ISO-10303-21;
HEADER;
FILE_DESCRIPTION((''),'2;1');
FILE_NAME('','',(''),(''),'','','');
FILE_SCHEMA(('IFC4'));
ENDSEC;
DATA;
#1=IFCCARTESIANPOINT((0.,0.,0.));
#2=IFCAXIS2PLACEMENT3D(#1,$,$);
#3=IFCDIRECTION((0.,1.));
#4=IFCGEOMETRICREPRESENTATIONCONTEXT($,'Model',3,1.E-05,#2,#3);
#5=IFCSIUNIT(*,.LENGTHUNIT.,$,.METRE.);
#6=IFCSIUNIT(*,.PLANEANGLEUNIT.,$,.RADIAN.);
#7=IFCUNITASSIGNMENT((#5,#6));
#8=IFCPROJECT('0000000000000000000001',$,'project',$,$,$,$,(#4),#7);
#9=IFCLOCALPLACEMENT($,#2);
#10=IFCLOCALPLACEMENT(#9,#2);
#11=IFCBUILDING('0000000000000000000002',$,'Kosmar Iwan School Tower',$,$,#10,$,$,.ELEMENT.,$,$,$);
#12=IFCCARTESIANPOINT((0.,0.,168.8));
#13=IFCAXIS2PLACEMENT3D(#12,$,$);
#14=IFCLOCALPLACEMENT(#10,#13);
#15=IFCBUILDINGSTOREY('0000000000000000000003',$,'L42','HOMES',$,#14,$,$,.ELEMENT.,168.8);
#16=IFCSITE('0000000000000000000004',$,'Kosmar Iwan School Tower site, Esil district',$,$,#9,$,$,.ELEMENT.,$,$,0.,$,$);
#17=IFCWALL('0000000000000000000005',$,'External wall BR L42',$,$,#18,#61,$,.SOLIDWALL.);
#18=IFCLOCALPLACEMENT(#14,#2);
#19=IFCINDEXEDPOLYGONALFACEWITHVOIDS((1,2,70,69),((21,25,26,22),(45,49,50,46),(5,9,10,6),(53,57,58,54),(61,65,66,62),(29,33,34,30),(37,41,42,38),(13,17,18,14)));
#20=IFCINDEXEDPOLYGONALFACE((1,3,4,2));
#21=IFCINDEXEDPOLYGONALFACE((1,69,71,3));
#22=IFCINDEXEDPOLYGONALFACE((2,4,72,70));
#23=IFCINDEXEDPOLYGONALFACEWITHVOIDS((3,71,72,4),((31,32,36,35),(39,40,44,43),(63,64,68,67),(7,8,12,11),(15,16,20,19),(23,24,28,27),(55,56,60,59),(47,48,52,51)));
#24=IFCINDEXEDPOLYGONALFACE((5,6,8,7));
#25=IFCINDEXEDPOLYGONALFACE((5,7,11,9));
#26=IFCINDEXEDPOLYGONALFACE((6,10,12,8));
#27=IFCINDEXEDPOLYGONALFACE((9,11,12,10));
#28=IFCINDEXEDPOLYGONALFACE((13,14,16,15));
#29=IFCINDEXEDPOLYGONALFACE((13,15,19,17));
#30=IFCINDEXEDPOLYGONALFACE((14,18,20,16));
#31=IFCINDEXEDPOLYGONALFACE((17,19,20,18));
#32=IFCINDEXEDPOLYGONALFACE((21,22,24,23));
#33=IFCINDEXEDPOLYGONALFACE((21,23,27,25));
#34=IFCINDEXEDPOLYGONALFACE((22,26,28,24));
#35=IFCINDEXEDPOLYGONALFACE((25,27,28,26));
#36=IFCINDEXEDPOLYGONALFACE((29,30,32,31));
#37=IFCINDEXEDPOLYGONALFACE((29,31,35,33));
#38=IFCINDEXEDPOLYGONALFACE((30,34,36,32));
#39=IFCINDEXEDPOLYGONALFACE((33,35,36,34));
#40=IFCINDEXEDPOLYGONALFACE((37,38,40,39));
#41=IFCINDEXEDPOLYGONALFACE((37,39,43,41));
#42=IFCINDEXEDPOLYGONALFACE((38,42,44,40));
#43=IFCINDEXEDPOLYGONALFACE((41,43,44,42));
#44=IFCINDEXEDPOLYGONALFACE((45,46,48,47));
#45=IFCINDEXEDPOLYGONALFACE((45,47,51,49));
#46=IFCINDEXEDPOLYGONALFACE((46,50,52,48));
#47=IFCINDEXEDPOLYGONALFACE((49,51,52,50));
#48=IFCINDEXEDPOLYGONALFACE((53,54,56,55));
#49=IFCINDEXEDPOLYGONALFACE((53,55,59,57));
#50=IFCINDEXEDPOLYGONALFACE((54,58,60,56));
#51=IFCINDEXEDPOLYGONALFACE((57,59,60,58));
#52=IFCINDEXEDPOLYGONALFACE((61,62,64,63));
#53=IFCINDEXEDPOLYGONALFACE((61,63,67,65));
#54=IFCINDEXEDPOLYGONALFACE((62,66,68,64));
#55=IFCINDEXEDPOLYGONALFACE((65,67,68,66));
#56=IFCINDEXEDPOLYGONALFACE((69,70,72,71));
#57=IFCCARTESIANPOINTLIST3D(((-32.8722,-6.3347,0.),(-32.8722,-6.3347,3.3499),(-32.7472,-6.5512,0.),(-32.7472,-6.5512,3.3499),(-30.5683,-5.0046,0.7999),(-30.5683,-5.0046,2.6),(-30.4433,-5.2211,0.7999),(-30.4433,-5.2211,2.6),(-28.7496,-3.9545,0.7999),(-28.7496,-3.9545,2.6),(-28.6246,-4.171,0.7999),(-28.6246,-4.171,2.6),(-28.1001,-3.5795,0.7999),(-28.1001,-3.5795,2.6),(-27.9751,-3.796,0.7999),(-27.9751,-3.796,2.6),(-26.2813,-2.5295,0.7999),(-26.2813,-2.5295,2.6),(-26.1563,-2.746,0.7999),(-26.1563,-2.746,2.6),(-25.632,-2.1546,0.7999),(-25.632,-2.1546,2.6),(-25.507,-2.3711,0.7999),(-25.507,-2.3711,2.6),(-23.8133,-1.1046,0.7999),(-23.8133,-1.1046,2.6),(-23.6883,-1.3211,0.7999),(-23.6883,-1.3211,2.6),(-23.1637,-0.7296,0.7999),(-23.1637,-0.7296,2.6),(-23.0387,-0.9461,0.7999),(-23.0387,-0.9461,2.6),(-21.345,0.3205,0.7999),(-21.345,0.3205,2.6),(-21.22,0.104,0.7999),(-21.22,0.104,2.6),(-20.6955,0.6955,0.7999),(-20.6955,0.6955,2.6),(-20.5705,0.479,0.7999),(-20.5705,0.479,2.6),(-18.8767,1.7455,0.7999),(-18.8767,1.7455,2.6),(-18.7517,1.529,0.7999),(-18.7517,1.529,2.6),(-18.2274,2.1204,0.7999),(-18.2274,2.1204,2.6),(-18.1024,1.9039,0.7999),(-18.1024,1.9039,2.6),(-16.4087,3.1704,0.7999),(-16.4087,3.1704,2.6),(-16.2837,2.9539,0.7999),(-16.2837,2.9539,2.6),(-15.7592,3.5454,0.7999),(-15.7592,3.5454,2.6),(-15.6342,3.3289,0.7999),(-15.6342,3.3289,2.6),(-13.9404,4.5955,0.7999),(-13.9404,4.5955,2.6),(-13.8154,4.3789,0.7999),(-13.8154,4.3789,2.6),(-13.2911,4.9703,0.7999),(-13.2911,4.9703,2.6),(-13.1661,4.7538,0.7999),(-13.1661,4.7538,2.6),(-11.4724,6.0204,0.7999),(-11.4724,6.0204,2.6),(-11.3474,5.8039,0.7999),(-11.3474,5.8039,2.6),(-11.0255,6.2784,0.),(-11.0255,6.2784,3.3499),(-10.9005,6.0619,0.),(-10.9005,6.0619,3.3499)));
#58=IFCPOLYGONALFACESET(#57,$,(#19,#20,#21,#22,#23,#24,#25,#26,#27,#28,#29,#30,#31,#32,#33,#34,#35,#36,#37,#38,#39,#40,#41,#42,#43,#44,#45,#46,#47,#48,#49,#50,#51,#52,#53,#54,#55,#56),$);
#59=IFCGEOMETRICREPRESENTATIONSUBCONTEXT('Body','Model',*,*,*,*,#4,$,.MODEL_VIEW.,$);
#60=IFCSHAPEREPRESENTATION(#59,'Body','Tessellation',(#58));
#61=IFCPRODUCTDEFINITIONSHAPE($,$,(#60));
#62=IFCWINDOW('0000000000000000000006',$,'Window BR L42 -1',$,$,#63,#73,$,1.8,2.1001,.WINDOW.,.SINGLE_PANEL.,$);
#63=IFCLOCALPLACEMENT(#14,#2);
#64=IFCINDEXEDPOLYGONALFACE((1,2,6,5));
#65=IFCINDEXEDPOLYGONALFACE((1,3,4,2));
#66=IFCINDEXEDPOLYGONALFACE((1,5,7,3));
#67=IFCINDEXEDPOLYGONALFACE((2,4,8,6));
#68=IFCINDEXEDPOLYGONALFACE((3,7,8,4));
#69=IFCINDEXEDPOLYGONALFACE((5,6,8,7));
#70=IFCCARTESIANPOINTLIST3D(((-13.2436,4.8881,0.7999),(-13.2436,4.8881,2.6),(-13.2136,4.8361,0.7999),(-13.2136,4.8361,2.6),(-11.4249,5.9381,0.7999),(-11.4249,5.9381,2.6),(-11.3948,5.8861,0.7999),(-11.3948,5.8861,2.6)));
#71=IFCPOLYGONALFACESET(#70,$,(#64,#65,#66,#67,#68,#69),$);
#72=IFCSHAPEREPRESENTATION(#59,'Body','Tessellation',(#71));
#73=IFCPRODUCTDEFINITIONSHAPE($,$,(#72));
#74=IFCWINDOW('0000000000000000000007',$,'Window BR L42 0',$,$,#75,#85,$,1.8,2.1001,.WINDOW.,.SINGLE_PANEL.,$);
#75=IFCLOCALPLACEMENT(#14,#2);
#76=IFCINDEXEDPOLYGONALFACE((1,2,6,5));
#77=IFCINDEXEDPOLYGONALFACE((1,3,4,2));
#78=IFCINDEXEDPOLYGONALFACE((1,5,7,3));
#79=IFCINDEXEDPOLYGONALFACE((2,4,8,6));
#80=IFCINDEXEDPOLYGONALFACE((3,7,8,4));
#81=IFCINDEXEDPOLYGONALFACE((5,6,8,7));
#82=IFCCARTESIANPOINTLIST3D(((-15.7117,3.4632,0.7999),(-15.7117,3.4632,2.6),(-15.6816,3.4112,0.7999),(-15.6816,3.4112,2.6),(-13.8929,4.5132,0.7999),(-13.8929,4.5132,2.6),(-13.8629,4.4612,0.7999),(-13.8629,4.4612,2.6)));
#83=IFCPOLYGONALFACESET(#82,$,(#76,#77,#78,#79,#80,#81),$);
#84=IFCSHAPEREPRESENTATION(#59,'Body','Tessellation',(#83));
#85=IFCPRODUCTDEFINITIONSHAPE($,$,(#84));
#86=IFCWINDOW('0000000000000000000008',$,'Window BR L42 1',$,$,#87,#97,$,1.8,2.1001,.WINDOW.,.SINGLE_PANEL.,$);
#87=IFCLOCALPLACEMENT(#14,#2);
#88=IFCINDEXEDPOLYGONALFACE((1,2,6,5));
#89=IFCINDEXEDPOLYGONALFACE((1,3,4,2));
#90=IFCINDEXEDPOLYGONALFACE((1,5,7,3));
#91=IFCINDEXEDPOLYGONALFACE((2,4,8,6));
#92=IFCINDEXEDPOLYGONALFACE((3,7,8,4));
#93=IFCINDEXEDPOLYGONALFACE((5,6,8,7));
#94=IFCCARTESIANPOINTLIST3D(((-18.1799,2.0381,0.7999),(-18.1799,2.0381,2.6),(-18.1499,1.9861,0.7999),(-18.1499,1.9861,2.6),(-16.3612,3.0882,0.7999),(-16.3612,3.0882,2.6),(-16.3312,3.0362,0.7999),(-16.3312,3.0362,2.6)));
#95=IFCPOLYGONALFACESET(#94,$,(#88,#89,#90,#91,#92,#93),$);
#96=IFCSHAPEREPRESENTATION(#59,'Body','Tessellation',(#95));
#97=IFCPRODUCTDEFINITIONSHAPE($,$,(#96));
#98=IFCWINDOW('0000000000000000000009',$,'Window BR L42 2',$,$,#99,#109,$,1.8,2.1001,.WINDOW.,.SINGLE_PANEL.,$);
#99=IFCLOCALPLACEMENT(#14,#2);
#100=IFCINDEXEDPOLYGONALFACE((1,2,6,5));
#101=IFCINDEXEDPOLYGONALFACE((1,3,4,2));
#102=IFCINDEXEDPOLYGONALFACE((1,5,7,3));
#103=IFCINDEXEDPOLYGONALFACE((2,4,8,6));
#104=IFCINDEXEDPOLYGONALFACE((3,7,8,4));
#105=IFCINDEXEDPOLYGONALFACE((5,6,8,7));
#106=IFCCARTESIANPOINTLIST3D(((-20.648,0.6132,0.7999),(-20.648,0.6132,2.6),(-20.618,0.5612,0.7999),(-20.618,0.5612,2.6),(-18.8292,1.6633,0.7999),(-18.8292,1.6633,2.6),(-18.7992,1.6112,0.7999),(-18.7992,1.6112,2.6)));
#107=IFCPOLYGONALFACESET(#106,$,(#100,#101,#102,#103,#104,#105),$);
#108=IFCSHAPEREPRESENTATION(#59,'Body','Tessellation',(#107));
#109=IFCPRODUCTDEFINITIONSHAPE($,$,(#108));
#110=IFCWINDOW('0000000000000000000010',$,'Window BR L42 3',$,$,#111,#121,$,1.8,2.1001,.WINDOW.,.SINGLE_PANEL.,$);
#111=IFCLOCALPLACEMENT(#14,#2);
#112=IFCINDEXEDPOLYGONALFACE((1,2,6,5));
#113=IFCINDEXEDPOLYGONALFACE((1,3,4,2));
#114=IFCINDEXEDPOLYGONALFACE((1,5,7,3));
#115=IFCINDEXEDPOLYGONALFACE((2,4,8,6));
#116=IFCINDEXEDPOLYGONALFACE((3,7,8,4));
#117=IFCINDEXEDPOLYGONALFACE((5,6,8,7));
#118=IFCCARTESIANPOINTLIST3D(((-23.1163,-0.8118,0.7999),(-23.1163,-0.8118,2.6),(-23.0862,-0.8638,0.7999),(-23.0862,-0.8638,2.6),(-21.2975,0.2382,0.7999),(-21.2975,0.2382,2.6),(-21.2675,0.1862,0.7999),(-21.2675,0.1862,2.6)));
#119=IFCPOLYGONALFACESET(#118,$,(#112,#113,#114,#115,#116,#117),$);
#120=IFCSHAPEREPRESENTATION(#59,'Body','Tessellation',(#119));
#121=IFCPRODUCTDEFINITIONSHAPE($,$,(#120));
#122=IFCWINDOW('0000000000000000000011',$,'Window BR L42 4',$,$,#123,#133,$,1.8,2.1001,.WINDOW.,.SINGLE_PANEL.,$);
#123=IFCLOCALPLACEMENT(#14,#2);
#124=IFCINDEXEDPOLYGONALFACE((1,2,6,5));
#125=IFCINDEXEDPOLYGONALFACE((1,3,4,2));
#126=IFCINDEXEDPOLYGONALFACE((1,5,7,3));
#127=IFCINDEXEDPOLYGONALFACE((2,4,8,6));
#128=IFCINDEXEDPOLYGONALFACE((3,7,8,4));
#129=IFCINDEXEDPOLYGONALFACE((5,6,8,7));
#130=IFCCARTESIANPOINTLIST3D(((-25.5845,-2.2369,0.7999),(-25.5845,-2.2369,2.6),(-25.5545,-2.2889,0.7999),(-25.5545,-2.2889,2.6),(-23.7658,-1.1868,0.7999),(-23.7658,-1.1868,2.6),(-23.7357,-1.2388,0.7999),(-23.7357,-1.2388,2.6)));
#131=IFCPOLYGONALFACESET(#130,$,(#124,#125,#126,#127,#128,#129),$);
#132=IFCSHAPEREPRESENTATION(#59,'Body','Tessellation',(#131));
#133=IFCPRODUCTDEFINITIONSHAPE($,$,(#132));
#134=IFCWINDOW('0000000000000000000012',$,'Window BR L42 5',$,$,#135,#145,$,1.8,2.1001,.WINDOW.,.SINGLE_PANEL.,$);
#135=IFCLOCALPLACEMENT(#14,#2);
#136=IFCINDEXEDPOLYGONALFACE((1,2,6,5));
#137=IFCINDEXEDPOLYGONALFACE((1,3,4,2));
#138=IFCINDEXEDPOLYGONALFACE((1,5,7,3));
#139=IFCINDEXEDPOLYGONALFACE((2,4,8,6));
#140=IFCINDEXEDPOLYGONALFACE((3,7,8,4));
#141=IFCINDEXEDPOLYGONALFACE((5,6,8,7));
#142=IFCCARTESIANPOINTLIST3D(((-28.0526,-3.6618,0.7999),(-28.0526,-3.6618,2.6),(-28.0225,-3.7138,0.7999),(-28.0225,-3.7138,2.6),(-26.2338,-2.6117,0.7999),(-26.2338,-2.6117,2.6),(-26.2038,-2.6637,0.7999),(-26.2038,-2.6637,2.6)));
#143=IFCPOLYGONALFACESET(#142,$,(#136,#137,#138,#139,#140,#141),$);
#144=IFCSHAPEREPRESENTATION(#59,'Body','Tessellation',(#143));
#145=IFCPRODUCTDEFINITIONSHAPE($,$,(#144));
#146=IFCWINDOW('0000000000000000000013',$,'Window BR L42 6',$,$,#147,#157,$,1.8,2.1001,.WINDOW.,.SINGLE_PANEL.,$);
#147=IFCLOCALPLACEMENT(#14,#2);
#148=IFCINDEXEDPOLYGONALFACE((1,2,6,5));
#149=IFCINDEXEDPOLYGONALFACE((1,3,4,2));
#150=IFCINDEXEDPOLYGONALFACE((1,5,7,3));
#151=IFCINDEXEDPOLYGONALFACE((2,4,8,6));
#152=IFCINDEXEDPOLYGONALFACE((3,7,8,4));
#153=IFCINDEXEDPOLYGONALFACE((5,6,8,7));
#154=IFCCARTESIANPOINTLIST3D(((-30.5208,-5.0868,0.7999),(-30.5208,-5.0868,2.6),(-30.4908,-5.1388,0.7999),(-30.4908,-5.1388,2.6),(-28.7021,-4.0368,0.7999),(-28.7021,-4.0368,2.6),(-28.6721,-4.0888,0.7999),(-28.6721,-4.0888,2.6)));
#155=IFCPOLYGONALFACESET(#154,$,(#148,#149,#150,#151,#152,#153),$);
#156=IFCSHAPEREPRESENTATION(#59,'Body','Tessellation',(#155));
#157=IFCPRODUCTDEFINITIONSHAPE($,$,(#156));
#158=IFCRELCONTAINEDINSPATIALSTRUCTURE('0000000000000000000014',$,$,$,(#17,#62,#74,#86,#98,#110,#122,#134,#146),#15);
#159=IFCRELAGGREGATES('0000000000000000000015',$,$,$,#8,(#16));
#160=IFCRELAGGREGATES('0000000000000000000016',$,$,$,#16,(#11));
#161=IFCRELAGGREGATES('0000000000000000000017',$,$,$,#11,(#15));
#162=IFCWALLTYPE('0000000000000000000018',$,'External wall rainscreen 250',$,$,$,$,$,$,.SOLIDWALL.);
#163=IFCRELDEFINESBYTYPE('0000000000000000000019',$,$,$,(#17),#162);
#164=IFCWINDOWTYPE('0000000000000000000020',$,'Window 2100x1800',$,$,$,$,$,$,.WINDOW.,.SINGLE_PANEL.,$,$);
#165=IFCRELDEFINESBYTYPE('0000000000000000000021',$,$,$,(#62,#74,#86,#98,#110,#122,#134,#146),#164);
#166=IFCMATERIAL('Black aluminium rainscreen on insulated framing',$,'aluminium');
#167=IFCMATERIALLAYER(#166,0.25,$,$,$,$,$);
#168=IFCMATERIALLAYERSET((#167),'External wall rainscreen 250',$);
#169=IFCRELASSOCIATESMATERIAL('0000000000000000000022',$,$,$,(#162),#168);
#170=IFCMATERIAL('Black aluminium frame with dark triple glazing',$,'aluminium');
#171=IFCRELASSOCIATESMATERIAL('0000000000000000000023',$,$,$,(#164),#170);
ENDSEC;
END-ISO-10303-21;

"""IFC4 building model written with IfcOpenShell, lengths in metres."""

from ifc_helpers import new_model, si_unit, direction, frame, frame_2d, origin, place, context, subcontext, project, spatial, rectangle, extrude, material, layer, layer_set, type_object, element, fill, save


model = new_model("IFC4")

# Units and contexts
model_context = context("Model", 3, precision=1e-05, world=origin(), true_north=direction((0.0, 1.0)))
body_context = subcontext(model_context, "Body", "Model", "MODEL_VIEW")
ifc_project = project(units=[si_unit("LENGTHUNIT", "METRE"), si_unit("PLANEANGLEUNIT", "RADIAN")], contexts=[model_context])

# Site, building, storey
site_placement = place(None, origin())
site = spatial("IfcSite", under=ifc_project, at=site_placement, Name="Kosmar Iwan School Tower site, Esil district", CompositionType="ELEMENT", RefElevation=0.0)
building_placement = place(site_placement, origin())
building = spatial("IfcBuilding", under=site, at=building_placement, Name="Kosmar Iwan School Tower", CompositionType="ELEMENT")
storey_placement = place(building_placement, frame((0.0, 0.0, 168.8)))
storey = spatial("IfcBuildingStorey", under=building, at=storey_placement, Name="L42", Description="HOMES", CompositionType="ELEMENT", Elevation=168.8)

# Wall, openings, windows
ifc_material_1 = material(Name="Black aluminium rainscreen on insulated framing", Category="aluminium")
ifc_layer = layer(ifc_material_1, 0.25)
ifc_layer_set = layer_set([ifc_layer], Name="External wall rainscreen 250")
wall_type = type_object("IfcWallType", Name="External wall rainscreen 250", PredefinedType="SOLIDWALL", material=ifc_layer_set)
ifc_material_2 = material(Name="Black aluminium frame with dark triple glazing", Category="aluminium")
window_type = type_object("IfcWindowType", Name="Window 2100x1800", PartitioningType="SINGLE_PANEL", PredefinedType="WINDOW", material=ifc_material_2)
wall_1_placement = place(storey_placement, frame((-10.9629, 6.1702, 0.0), z_axis=(0.0, 0.0, 1.0), x_axis=(-0.866028, -0.499996, 0.0)))
wall_1 = element("IfcWall", 1, at=wall_1_placement, inside=storey, type_object=wall_type, Name="External wall BR L42", PredefinedType="SOLIDWALL", context=body_context, shape_type="SweptSolid", body=[
    extrude(rectangle(XDim=25.2263, YDim=0.25, at=frame_2d((12.6133, 0.0))), origin(), (0.0, 0.0, 1.0), 3.3499),
])
opening_1_placement = place(wall_1_placement, frame((0.5161, 0.0, 0.8)))
opening_1 = element("IfcOpeningElement", 2, at=opening_1_placement, cuts=wall_1, PredefinedType="OPENING", context=body_context, shape_type="SweptSolid", body=[
    extrude(rectangle(XDim=2.1001, YDim=1.8, at=frame_2d((1.05, 0.8999))), frame((0.0, 0.137, 0.0), z_axis=(0.0, -1.0, 0.0), x_axis=(1.0, 0.0, 0.0)), (0.0, 0.0, 1.0), 0.2739),
])
opening_2_placement = place(wall_1_placement, frame((3.366, 0.0, 0.8)))
opening_2 = element("IfcOpeningElement", 3, at=opening_2_placement, cuts=wall_1, PredefinedType="OPENING", context=body_context, shape_type="SweptSolid", body=[
    extrude(rectangle(XDim=2.1001, YDim=1.8, at=frame_2d((1.05, 0.8999))), frame((0.0, 0.137, 0.0), z_axis=(0.0, -1.0, 0.0), x_axis=(1.0, 0.0, 0.0)), (0.0, 0.0, 1.0), 0.2739),
])
opening_3_placement = place(wall_1_placement, frame((6.2161, 0.0, 0.8)))
opening_3 = element("IfcOpeningElement", 4, at=opening_3_placement, cuts=wall_1, PredefinedType="OPENING", context=body_context, shape_type="SweptSolid", body=[
    extrude(rectangle(XDim=2.1001, YDim=1.8, at=frame_2d((1.05, 0.8999))), frame((0.0, 0.137, 0.0), z_axis=(0.0, -1.0, 0.0), x_axis=(1.0, 0.0, 0.0)), (0.0, 0.0, 1.0), 0.2739),
])
opening_4_placement = place(wall_1_placement, frame((9.0659, 0.0, 0.8)))
opening_4 = element("IfcOpeningElement", 5, at=opening_4_placement, cuts=wall_1, PredefinedType="OPENING", context=body_context, shape_type="SweptSolid", body=[
    extrude(rectangle(XDim=2.1001, YDim=1.8, at=frame_2d((1.05, 0.8999))), frame((0.0, 0.137, 0.0), z_axis=(0.0, -1.0, 0.0), x_axis=(1.0, 0.0, 0.0)), (0.0, 0.0, 1.0), 0.2739),
])
opening_5_placement = place(wall_1_placement, frame((11.916, 0.0, 0.8)))
opening_5 = element("IfcOpeningElement", 6, at=opening_5_placement, cuts=wall_1, PredefinedType="OPENING", context=body_context, shape_type="SweptSolid", body=[
    extrude(rectangle(XDim=2.1001, YDim=1.8, at=frame_2d((1.05, 0.8999))), frame((0.0, 0.137, 0.0), z_axis=(0.0, -1.0, 0.0), x_axis=(1.0, 0.0, 0.0)), (0.0, 0.0, 1.0), 0.2739),
])
opening_6_placement = place(wall_1_placement, frame((14.7661, 0.0, 0.8)))
opening_6 = element("IfcOpeningElement", 7, at=opening_6_placement, cuts=wall_1, PredefinedType="OPENING", context=body_context, shape_type="SweptSolid", body=[
    extrude(rectangle(XDim=2.1001, YDim=1.8, at=frame_2d((1.05, 0.8999))), frame((0.0, 0.137, 0.0), z_axis=(0.0, -1.0, 0.0), x_axis=(1.0, 0.0, 0.0)), (0.0, 0.0, 1.0), 0.2739),
])
opening_7_placement = place(wall_1_placement, frame((17.616, 0.0, 0.8)))
opening_7 = element("IfcOpeningElement", 8, at=opening_7_placement, cuts=wall_1, PredefinedType="OPENING", context=body_context, shape_type="SweptSolid", body=[
    extrude(rectangle(XDim=2.1001, YDim=1.8, at=frame_2d((1.05, 0.8999))), frame((0.0, 0.137, 0.0), z_axis=(0.0, -1.0, 0.0), x_axis=(1.0, 0.0, 0.0)), (0.0, 0.0, 1.0), 0.2739),
])
opening_8_placement = place(wall_1_placement, frame((20.4661, 0.0, 0.8)))
opening_8 = element("IfcOpeningElement", 9, at=opening_8_placement, cuts=wall_1, PredefinedType="OPENING", context=body_context, shape_type="SweptSolid", body=[
    extrude(rectangle(XDim=2.1001, YDim=1.8, at=frame_2d((1.05, 0.8999))), frame((0.0, 0.137, 0.0), z_axis=(0.0, -1.0, 0.0), x_axis=(1.0, 0.0, 0.0)), (0.0, 0.0, 1.0), 0.2739),
])
window_1_placement = place(opening_1_placement, origin())
window_1 = element("IfcWindow", 10, at=window_1_placement, inside=storey, type_object=window_type, Name="Window BR L42 -1", OverallHeight=1.8, OverallWidth=2.1001, PartitioningType="SINGLE_PANEL", PredefinedType="WINDOW", context=body_context, shape_type="SweptSolid", body=[
    extrude(rectangle(XDim=2.1001, YDim=1.8, at=frame_2d((1.05, 0.8999))), frame((0.0, 0.03, 0.0), z_axis=(0.0, -1.0, 0.0), x_axis=(1.0, 0.0, 0.0)), (0.0, 0.0, 1.0), 0.0601),
])
fill(opening_1, window_1)
window_2_placement = place(opening_2_placement, origin())
window_2 = element("IfcWindow", 11, at=window_2_placement, inside=storey, type_object=window_type, Name="Window BR L42 0", OverallHeight=1.8, OverallWidth=2.1001, PartitioningType="SINGLE_PANEL", PredefinedType="WINDOW", context=body_context, shape_type="SweptSolid", body=[
    extrude(rectangle(XDim=2.1001, YDim=1.8, at=frame_2d((1.05, 0.8999))), frame((0.0, 0.03, 0.0), z_axis=(0.0, -1.0, 0.0), x_axis=(1.0, 0.0, 0.0)), (0.0, 0.0, 1.0), 0.0601),
])
fill(opening_2, window_2)
window_3_placement = place(opening_3_placement, origin())
window_3 = element("IfcWindow", 12, at=window_3_placement, inside=storey, type_object=window_type, Name="Window BR L42 1", OverallHeight=1.8, OverallWidth=2.1001, PartitioningType="SINGLE_PANEL", PredefinedType="WINDOW", context=body_context, shape_type="SweptSolid", body=[
    extrude(rectangle(XDim=2.1001, YDim=1.8, at=frame_2d((1.05, 0.8999))), frame((0.0, 0.03, 0.0), z_axis=(0.0, -1.0, 0.0), x_axis=(1.0, 0.0, 0.0)), (0.0, 0.0, 1.0), 0.0601),
])
fill(opening_3, window_3)
window_4_placement = place(opening_4_placement, origin())
window_4 = element("IfcWindow", 13, at=window_4_placement, inside=storey, type_object=window_type, Name="Window BR L42 2", OverallHeight=1.8, OverallWidth=2.1001, PartitioningType="SINGLE_PANEL", PredefinedType="WINDOW", context=body_context, shape_type="SweptSolid", body=[
    extrude(rectangle(XDim=2.1001, YDim=1.8, at=frame_2d((1.05, 0.8999))), frame((0.0, 0.03, 0.0), z_axis=(0.0, -1.0, 0.0), x_axis=(1.0, 0.0, 0.0)), (0.0, 0.0, 1.0), 0.0601),
])
fill(opening_4, window_4)
window_5_placement = place(opening_5_placement, origin())
window_5 = element("IfcWindow", 14, at=window_5_placement, inside=storey, type_object=window_type, Name="Window BR L42 3", OverallHeight=1.8, OverallWidth=2.1001, PartitioningType="SINGLE_PANEL", PredefinedType="WINDOW", context=body_context, shape_type="SweptSolid", body=[
    extrude(rectangle(XDim=2.1001, YDim=1.8, at=frame_2d((1.05, 0.8999))), frame((0.0, 0.03, 0.0), z_axis=(0.0, -1.0, 0.0), x_axis=(1.0, 0.0, 0.0)), (0.0, 0.0, 1.0), 0.0601),
])
fill(opening_5, window_5)
window_6_placement = place(opening_6_placement, origin())
window_6 = element("IfcWindow", 15, at=window_6_placement, inside=storey, type_object=window_type, Name="Window BR L42 4", OverallHeight=1.8, OverallWidth=2.1001, PartitioningType="SINGLE_PANEL", PredefinedType="WINDOW", context=body_context, shape_type="SweptSolid", body=[
    extrude(rectangle(XDim=2.1001, YDim=1.8, at=frame_2d((1.05, 0.8999))), frame((0.0, 0.03, 0.0), z_axis=(0.0, -1.0, 0.0), x_axis=(1.0, 0.0, 0.0)), (0.0, 0.0, 1.0), 0.0601),
])
fill(opening_6, window_6)
window_7_placement = place(opening_7_placement, origin())
window_7 = element("IfcWindow", 16, at=window_7_placement, inside=storey, type_object=window_type, Name="Window BR L42 5", OverallHeight=1.8, OverallWidth=2.1001, PartitioningType="SINGLE_PANEL", PredefinedType="WINDOW", context=body_context, shape_type="SweptSolid", body=[
    extrude(rectangle(XDim=2.1001, YDim=1.8, at=frame_2d((1.05, 0.8999))), frame((0.0, 0.03, 0.0), z_axis=(0.0, -1.0, 0.0), x_axis=(1.0, 0.0, 0.0)), (0.0, 0.0, 1.0), 0.0601),
])
fill(opening_7, window_7)
window_8_placement = place(opening_8_placement, origin())
window_8 = element("IfcWindow", 17, at=window_8_placement, inside=storey, type_object=window_type, Name="Window BR L42 6", OverallHeight=1.8, OverallWidth=2.1001, PartitioningType="SINGLE_PANEL", PredefinedType="WINDOW", context=body_context, shape_type="SweptSolid", body=[
    extrude(rectangle(XDim=2.1001, YDim=1.8, at=frame_2d((1.05, 0.8999))), frame((0.0, 0.03, 0.0), z_axis=(0.0, -1.0, 0.0), x_axis=(1.0, 0.0, 0.0)), (0.0, 0.0, 1.0), 0.0601),
])
fill(opening_8, window_8)

save(model, "model.ifc")
